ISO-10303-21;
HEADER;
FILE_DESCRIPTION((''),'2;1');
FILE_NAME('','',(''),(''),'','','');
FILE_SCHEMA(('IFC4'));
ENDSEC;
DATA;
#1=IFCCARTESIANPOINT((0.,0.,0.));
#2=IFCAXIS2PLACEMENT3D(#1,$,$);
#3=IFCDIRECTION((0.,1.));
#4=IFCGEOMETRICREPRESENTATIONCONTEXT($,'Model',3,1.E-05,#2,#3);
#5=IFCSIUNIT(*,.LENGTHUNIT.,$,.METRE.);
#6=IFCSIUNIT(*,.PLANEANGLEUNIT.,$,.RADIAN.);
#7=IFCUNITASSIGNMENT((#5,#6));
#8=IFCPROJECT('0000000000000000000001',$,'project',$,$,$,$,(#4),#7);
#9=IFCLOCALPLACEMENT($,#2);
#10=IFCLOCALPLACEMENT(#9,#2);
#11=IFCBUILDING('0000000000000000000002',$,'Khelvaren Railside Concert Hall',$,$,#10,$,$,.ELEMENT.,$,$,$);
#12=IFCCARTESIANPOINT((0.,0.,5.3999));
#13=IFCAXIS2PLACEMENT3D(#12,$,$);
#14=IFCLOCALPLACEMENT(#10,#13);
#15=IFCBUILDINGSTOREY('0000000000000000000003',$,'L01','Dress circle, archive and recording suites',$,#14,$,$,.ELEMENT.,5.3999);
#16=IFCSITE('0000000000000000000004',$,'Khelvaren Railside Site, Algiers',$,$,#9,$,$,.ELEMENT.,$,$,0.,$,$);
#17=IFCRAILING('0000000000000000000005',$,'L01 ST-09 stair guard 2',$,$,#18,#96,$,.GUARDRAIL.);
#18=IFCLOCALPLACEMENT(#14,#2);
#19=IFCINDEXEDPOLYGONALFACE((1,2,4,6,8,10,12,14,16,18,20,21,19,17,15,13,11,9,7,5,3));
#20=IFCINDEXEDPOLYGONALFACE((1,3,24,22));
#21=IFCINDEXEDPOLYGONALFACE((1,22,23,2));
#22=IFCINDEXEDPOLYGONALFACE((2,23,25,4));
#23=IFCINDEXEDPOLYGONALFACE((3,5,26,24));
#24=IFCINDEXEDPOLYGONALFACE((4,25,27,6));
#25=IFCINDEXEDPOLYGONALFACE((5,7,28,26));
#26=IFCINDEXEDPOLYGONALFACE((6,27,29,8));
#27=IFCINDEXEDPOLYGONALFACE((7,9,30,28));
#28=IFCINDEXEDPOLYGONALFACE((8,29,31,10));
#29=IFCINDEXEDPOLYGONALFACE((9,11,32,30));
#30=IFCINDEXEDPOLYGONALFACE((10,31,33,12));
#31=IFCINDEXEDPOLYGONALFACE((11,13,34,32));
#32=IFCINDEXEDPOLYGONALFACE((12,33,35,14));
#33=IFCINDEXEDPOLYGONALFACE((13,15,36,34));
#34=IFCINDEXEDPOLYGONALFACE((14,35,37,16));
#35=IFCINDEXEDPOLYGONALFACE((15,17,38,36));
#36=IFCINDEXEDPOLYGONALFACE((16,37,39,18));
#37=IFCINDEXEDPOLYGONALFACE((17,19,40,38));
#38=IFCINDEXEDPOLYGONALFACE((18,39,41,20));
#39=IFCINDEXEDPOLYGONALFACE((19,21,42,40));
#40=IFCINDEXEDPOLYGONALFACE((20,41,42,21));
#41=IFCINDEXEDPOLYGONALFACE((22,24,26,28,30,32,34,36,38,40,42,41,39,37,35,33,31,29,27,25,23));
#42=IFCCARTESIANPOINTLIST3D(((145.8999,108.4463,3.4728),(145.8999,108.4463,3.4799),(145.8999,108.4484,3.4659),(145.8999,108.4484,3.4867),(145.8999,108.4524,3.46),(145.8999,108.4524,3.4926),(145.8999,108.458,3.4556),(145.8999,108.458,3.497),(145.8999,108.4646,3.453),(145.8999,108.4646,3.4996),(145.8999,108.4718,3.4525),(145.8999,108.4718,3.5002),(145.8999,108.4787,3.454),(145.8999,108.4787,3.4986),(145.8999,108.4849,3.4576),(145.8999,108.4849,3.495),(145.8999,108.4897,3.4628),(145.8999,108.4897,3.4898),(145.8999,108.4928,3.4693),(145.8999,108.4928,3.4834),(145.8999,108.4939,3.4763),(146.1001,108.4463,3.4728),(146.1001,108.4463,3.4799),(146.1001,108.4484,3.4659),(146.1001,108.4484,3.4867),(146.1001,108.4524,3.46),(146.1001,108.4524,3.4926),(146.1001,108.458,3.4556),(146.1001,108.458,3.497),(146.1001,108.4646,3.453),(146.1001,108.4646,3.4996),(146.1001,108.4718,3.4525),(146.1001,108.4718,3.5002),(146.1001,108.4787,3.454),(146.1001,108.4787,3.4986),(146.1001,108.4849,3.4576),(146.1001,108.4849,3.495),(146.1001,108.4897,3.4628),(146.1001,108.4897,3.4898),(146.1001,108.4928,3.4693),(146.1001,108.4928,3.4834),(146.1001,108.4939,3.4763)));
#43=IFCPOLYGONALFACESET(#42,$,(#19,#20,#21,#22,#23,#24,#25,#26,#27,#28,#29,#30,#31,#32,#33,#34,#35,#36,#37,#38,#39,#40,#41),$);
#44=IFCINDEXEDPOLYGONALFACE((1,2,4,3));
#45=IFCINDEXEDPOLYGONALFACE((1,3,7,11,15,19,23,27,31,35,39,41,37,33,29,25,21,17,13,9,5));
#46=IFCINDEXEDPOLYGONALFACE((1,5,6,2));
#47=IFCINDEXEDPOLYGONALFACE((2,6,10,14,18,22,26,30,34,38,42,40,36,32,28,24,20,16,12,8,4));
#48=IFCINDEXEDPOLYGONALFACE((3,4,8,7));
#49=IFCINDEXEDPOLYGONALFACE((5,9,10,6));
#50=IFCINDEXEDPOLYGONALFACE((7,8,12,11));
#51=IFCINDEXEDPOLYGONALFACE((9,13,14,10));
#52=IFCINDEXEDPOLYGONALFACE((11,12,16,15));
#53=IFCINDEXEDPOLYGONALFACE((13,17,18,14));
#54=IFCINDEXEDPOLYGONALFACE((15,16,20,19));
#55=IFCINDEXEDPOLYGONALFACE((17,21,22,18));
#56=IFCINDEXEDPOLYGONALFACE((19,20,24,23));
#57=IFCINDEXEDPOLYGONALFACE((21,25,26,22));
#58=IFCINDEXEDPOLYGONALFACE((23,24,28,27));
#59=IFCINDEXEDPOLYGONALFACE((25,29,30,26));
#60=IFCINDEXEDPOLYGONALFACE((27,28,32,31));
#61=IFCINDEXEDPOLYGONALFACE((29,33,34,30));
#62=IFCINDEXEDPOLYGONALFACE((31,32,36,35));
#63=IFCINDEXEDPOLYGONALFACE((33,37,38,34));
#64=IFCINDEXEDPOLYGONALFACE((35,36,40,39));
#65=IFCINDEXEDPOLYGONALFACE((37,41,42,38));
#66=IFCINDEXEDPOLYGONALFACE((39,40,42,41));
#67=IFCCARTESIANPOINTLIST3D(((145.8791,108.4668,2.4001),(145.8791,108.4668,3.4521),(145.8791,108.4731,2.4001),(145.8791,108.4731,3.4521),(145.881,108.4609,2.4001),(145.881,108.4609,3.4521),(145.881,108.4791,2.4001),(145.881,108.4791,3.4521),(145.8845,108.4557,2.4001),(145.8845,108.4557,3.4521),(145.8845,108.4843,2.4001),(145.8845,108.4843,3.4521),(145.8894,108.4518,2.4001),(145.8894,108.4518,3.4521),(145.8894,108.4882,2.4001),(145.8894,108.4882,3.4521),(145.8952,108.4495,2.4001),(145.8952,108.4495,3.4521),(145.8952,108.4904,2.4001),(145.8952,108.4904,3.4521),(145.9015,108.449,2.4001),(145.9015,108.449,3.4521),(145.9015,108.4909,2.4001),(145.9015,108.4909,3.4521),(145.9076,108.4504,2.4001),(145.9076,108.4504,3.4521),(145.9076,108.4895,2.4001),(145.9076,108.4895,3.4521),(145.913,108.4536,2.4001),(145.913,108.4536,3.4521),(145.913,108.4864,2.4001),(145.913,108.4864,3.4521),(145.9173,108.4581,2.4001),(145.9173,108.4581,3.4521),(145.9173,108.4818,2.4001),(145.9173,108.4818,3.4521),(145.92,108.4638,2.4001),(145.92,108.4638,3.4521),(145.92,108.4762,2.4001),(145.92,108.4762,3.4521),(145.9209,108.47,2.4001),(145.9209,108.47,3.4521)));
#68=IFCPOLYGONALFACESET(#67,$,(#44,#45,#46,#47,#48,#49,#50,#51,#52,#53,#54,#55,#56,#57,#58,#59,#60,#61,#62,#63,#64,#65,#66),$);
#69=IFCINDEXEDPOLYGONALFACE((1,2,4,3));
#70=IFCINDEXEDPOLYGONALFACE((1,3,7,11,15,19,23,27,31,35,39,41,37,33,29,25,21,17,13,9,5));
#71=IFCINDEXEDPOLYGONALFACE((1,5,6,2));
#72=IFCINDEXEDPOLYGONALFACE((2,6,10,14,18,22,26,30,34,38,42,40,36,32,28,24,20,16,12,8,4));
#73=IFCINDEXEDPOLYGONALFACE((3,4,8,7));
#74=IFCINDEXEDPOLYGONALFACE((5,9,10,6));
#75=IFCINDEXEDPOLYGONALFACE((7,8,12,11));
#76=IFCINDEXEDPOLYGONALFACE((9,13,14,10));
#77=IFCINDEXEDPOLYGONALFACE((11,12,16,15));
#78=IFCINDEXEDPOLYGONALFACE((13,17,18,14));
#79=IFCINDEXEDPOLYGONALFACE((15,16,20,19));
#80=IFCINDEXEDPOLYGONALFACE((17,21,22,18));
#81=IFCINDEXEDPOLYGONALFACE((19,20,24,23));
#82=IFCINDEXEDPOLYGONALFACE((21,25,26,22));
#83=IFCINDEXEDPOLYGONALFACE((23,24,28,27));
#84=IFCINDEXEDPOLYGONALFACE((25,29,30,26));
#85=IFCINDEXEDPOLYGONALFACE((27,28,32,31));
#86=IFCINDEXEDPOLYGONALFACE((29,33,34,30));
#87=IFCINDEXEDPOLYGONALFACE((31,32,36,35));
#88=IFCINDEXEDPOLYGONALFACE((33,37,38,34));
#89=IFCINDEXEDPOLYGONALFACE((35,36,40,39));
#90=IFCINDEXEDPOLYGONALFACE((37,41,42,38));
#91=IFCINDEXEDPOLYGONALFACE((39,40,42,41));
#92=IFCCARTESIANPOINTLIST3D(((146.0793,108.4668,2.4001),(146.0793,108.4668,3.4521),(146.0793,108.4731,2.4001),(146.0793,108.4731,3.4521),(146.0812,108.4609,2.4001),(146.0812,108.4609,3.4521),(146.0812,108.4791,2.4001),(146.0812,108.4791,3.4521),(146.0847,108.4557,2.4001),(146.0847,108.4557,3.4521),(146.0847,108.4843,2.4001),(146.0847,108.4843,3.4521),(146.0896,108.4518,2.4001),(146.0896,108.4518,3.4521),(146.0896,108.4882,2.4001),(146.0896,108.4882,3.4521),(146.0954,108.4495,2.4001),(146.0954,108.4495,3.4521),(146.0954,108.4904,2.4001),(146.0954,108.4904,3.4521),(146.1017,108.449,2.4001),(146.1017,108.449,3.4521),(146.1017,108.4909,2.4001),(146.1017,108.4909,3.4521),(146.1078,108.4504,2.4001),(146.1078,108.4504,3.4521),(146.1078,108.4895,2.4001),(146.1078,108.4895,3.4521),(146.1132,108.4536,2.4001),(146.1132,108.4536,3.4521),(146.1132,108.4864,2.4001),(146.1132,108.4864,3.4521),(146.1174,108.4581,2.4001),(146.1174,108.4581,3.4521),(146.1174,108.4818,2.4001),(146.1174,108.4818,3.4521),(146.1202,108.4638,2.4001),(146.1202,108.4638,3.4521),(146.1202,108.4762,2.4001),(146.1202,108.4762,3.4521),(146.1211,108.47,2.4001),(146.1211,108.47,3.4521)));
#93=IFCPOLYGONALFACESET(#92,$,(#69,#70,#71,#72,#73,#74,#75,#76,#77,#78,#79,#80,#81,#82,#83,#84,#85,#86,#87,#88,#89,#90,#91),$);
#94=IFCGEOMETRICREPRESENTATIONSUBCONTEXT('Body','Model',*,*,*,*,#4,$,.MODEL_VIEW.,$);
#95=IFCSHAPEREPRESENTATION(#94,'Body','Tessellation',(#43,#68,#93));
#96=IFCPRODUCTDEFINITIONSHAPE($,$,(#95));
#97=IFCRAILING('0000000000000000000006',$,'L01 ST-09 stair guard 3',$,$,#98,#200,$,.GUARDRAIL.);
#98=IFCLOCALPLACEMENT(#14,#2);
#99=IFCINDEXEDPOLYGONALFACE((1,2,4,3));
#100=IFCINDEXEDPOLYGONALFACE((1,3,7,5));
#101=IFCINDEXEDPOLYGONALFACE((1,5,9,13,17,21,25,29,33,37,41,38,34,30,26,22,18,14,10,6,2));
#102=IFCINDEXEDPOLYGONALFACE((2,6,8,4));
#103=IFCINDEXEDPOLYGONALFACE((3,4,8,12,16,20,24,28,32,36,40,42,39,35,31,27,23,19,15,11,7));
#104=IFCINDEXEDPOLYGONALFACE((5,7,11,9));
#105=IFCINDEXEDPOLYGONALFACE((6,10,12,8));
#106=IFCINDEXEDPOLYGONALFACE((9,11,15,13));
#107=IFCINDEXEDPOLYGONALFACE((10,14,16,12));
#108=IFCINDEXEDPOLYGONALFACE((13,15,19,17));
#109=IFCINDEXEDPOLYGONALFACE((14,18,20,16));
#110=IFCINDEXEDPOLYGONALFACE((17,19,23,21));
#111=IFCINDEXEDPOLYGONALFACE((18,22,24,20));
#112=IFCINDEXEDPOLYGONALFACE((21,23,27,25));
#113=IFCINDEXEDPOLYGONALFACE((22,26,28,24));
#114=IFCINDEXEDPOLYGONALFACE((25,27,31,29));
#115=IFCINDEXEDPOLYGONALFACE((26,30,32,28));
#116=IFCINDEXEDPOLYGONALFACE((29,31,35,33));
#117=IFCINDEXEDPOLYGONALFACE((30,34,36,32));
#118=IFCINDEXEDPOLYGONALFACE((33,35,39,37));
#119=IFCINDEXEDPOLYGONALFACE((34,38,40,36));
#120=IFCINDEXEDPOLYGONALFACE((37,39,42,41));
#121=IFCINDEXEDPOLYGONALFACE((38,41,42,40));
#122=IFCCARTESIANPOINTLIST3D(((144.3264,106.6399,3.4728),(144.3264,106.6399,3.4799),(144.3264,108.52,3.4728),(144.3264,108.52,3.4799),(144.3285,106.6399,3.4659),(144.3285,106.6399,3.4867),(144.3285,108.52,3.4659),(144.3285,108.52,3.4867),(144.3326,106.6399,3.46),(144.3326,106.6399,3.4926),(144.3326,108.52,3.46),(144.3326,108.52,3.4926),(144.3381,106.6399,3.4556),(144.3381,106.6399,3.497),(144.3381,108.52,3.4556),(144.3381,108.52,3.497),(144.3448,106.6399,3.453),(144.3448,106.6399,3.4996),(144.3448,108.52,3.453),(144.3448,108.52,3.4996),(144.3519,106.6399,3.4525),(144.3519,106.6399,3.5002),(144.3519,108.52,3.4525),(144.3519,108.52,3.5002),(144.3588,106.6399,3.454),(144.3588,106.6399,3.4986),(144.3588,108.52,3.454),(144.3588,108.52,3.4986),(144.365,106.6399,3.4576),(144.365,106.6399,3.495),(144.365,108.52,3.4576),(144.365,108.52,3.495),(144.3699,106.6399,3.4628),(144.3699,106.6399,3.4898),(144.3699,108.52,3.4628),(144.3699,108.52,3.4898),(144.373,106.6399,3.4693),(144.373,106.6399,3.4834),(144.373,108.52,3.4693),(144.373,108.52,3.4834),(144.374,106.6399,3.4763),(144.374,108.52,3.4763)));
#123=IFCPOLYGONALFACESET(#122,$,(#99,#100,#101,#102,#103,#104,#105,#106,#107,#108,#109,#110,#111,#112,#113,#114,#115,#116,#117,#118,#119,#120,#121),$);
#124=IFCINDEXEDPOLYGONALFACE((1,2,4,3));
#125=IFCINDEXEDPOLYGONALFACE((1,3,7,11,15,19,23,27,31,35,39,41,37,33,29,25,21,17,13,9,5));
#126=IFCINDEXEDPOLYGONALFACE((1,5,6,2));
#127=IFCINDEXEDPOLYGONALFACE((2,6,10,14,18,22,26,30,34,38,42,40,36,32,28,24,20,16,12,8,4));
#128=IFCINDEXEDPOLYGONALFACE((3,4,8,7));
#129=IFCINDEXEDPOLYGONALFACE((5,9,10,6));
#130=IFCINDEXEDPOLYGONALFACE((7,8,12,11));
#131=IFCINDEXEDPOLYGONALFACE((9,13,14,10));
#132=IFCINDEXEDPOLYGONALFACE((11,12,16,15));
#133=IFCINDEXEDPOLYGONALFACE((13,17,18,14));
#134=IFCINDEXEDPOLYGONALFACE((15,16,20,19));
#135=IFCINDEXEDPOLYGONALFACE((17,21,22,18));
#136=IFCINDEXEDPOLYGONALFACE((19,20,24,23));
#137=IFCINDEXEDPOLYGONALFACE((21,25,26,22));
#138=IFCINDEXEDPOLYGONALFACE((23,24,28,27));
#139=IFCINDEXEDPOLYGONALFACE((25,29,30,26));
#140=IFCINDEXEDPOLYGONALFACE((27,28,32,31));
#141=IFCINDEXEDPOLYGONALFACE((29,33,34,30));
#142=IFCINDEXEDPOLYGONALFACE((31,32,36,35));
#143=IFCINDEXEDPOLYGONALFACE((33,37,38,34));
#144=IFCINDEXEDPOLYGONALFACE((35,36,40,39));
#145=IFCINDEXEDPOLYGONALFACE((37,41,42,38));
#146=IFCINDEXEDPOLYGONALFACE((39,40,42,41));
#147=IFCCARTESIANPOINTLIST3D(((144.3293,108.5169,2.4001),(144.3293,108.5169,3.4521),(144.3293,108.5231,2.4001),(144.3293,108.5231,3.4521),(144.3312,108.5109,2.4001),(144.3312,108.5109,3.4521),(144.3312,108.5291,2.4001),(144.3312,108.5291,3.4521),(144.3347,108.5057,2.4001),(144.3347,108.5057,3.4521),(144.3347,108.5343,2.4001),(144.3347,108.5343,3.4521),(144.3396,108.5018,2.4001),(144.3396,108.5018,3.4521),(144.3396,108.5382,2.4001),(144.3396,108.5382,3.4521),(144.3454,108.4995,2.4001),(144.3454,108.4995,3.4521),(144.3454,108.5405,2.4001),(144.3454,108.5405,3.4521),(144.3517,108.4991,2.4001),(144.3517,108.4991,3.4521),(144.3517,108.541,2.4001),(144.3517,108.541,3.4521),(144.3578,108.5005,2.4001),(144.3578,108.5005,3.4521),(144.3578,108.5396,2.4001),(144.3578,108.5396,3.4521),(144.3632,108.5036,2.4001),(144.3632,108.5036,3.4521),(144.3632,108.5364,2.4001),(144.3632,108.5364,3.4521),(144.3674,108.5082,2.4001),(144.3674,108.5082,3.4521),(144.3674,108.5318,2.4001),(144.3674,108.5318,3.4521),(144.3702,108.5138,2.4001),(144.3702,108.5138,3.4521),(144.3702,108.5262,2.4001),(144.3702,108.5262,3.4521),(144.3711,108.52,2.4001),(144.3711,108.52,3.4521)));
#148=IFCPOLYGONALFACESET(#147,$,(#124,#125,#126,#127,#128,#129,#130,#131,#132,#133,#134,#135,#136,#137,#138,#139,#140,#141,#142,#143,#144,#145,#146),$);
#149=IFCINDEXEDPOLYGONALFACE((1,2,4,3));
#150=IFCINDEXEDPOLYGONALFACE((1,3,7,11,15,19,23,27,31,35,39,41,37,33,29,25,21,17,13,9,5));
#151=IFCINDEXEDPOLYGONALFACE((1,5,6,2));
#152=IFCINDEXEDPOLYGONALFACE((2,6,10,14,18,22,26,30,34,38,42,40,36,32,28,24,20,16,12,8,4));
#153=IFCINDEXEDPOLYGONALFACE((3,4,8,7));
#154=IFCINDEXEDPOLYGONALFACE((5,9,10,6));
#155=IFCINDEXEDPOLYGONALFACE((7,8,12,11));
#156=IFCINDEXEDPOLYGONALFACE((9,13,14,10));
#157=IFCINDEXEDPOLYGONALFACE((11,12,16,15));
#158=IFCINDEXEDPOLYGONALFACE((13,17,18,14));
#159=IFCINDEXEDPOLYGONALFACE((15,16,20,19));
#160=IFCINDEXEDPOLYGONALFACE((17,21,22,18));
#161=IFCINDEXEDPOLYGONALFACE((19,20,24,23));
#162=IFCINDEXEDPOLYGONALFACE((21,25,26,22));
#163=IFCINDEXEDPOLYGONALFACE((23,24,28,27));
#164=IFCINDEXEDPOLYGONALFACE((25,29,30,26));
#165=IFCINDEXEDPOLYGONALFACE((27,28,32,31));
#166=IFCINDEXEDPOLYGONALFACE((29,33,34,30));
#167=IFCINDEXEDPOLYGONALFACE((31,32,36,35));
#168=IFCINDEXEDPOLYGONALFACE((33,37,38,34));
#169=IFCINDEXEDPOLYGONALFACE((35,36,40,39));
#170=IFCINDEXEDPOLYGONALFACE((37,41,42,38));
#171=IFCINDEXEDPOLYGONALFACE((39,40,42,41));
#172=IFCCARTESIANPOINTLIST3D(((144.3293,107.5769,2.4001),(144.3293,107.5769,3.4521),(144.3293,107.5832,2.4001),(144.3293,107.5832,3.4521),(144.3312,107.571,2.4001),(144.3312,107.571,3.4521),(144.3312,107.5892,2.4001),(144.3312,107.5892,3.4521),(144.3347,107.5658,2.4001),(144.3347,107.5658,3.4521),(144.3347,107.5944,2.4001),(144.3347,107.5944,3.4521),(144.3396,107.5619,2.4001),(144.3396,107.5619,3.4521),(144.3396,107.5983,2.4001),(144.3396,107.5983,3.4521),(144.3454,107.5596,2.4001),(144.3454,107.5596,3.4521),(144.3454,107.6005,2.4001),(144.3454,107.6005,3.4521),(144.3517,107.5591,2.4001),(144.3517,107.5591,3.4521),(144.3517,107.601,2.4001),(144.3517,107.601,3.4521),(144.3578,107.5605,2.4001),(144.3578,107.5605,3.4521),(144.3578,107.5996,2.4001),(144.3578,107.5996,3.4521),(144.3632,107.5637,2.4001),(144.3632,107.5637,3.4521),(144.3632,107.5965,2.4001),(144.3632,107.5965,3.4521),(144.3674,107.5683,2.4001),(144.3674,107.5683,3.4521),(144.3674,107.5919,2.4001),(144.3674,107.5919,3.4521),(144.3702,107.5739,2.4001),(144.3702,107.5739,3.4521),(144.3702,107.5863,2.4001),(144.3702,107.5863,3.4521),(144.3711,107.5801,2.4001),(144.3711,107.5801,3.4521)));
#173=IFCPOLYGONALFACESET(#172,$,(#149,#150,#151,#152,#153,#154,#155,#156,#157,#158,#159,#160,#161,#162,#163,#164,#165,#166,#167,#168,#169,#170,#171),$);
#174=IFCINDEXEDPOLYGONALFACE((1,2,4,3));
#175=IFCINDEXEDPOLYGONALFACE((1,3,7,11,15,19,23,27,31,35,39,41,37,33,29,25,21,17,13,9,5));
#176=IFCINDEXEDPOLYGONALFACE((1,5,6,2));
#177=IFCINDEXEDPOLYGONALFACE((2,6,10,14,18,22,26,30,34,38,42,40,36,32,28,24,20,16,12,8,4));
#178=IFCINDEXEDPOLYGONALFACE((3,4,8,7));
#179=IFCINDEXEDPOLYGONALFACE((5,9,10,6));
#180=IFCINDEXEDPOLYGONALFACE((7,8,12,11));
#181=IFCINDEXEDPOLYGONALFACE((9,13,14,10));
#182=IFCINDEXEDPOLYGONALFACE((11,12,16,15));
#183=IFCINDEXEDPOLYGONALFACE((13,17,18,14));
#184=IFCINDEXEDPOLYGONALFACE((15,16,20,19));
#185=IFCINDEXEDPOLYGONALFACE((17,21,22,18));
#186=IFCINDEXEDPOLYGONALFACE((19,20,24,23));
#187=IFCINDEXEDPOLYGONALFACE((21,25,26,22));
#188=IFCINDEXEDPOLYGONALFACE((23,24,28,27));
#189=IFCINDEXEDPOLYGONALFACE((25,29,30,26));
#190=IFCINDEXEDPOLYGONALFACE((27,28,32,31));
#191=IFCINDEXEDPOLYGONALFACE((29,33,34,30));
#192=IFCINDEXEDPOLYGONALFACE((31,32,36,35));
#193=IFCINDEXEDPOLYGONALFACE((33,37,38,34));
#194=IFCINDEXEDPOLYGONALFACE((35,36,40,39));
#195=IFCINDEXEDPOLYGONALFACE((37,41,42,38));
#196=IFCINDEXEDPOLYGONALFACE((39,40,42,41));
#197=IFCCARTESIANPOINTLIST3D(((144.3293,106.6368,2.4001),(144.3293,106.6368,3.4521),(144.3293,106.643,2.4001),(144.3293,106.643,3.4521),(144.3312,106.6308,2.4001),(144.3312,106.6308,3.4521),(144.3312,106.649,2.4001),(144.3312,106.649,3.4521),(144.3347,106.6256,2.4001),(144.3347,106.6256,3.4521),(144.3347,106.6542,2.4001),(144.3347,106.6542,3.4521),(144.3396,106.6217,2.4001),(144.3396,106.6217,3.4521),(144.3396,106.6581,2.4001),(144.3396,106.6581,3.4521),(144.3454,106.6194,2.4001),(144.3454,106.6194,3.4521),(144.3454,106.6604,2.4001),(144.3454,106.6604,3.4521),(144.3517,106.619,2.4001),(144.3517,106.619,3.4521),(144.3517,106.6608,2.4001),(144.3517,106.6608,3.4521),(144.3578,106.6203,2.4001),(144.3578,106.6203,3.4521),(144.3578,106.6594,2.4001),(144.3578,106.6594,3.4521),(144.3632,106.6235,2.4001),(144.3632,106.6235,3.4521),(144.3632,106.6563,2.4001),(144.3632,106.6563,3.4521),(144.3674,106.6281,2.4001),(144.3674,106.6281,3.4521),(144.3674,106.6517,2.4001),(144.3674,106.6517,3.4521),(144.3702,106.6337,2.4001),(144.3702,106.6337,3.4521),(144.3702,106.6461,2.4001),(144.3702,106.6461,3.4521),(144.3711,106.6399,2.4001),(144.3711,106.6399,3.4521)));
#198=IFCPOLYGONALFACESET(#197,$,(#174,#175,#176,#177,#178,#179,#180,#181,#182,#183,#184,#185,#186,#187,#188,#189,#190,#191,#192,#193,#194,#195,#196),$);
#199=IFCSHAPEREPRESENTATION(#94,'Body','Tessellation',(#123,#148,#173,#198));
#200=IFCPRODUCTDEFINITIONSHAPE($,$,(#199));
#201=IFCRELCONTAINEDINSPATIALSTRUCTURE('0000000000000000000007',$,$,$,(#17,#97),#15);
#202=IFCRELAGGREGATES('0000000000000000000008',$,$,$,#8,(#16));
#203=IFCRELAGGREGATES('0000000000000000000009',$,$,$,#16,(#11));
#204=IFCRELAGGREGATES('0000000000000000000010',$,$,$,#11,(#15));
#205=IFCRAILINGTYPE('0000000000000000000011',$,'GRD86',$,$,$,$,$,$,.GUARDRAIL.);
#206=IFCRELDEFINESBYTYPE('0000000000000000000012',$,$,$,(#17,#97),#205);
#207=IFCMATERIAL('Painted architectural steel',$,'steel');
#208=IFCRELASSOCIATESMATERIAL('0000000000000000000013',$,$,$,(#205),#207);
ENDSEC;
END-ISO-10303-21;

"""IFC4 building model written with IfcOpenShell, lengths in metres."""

from ifc_helpers import new_model, si_unit, direction, frame, origin, origin_2d, place, context, subcontext, project, spatial, circle, extrude, material, type_object, element, save


model = new_model("IFC4")

# Units and contexts
model_context = context("Model", 3, precision=1e-05, world=origin(), true_north=direction((0.0, 1.0)))
body_context = subcontext(model_context, "Body", "Model", "MODEL_VIEW")
ifc_project = project(units=[si_unit("LENGTHUNIT", "METRE"), si_unit("PLANEANGLEUNIT", "RADIAN")], contexts=[model_context])

# Site, building, storey
site_placement = place(None, origin())
site = spatial("IfcSite", under=ifc_project, at=site_placement, Name="Khelvaren Railside Site, Algiers", CompositionType="ELEMENT", RefElevation=0.0)
building_placement = place(site_placement, origin())
building = spatial("IfcBuilding", under=site, at=building_placement, Name="Khelvaren Railside Concert Hall", CompositionType="ELEMENT")
storey_placement = place(building_placement, frame((0.0, 0.0, 5.3999)))
storey = spatial("IfcBuildingStorey", under=building, at=storey_placement, Name="L01", Description="Dress circle, archive and recording suites", CompositionType="ELEMENT", Elevation=5.3999)

# Railings
ifc_material_1 = material(Name="Painted architectural steel", Category="steel")
railing_type_1 = type_object("IfcRailingType", Name="GRD86", PredefinedType="GUARDRAIL", material=ifc_material_1)
railing_1_placement = place(storey_placement, frame((145.8999, 108.47, 2.4001)))
element("IfcRailing", 1, at=railing_1_placement, inside=storey, type_object=railing_type_1, Name="L01 ST-09 stair guard 2", PredefinedType="GUARDRAIL", context=body_context, shape_type="SweptSolid", body=[
    extrude(circle(Radius=0.0239, at=origin_2d()), frame((0.0, 0.0, 1.0762), z_axis=(1.0, 0.0, 0.0), x_axis=(0.0, 1.0, 0.0)), (0.0, 0.0, 1.0), 0.2002),
    extrude(circle(Radius=0.021, at=origin_2d()), origin(), (0.0, 0.0, 1.0), 1.052),
    extrude(circle(Radius=0.021, at=origin_2d()), frame((0.2002, 0.0, 0.0)), (0.0, 0.0, 1.0), 1.052),
])
railing_2_placement = place(storey_placement, frame((144.3501, 108.52, 2.4001)))
element("IfcRailing", 2, at=railing_2_placement, inside=storey, type_object=railing_type_1, Name="L01 ST-09 stair guard 3", PredefinedType="GUARDRAIL", context=body_context, shape_type="SweptSolid", body=[
    extrude(circle(Radius=0.0239, at=origin_2d()), frame((0.0, 0.0, 1.0762), z_axis=(0.0, -1.0, 0.0), x_axis=(1.0, 0.0, 0.0)), (0.0, 0.0, 1.0), 1.8801),
    extrude(circle(Radius=0.021, at=origin_2d()), origin(), (0.0, 0.0, 1.0), 1.052),
    extrude(circle(Radius=0.021, at=origin_2d()), frame((0.0, -0.9399, 0.0)), (0.0, 0.0, 1.0), 1.052),
    extrude(circle(Radius=0.021, at=origin_2d()), frame((0.0, -1.8801, 0.0)), (0.0, 0.0, 1.0), 1.052),
])

save(model, "model.ifc")
